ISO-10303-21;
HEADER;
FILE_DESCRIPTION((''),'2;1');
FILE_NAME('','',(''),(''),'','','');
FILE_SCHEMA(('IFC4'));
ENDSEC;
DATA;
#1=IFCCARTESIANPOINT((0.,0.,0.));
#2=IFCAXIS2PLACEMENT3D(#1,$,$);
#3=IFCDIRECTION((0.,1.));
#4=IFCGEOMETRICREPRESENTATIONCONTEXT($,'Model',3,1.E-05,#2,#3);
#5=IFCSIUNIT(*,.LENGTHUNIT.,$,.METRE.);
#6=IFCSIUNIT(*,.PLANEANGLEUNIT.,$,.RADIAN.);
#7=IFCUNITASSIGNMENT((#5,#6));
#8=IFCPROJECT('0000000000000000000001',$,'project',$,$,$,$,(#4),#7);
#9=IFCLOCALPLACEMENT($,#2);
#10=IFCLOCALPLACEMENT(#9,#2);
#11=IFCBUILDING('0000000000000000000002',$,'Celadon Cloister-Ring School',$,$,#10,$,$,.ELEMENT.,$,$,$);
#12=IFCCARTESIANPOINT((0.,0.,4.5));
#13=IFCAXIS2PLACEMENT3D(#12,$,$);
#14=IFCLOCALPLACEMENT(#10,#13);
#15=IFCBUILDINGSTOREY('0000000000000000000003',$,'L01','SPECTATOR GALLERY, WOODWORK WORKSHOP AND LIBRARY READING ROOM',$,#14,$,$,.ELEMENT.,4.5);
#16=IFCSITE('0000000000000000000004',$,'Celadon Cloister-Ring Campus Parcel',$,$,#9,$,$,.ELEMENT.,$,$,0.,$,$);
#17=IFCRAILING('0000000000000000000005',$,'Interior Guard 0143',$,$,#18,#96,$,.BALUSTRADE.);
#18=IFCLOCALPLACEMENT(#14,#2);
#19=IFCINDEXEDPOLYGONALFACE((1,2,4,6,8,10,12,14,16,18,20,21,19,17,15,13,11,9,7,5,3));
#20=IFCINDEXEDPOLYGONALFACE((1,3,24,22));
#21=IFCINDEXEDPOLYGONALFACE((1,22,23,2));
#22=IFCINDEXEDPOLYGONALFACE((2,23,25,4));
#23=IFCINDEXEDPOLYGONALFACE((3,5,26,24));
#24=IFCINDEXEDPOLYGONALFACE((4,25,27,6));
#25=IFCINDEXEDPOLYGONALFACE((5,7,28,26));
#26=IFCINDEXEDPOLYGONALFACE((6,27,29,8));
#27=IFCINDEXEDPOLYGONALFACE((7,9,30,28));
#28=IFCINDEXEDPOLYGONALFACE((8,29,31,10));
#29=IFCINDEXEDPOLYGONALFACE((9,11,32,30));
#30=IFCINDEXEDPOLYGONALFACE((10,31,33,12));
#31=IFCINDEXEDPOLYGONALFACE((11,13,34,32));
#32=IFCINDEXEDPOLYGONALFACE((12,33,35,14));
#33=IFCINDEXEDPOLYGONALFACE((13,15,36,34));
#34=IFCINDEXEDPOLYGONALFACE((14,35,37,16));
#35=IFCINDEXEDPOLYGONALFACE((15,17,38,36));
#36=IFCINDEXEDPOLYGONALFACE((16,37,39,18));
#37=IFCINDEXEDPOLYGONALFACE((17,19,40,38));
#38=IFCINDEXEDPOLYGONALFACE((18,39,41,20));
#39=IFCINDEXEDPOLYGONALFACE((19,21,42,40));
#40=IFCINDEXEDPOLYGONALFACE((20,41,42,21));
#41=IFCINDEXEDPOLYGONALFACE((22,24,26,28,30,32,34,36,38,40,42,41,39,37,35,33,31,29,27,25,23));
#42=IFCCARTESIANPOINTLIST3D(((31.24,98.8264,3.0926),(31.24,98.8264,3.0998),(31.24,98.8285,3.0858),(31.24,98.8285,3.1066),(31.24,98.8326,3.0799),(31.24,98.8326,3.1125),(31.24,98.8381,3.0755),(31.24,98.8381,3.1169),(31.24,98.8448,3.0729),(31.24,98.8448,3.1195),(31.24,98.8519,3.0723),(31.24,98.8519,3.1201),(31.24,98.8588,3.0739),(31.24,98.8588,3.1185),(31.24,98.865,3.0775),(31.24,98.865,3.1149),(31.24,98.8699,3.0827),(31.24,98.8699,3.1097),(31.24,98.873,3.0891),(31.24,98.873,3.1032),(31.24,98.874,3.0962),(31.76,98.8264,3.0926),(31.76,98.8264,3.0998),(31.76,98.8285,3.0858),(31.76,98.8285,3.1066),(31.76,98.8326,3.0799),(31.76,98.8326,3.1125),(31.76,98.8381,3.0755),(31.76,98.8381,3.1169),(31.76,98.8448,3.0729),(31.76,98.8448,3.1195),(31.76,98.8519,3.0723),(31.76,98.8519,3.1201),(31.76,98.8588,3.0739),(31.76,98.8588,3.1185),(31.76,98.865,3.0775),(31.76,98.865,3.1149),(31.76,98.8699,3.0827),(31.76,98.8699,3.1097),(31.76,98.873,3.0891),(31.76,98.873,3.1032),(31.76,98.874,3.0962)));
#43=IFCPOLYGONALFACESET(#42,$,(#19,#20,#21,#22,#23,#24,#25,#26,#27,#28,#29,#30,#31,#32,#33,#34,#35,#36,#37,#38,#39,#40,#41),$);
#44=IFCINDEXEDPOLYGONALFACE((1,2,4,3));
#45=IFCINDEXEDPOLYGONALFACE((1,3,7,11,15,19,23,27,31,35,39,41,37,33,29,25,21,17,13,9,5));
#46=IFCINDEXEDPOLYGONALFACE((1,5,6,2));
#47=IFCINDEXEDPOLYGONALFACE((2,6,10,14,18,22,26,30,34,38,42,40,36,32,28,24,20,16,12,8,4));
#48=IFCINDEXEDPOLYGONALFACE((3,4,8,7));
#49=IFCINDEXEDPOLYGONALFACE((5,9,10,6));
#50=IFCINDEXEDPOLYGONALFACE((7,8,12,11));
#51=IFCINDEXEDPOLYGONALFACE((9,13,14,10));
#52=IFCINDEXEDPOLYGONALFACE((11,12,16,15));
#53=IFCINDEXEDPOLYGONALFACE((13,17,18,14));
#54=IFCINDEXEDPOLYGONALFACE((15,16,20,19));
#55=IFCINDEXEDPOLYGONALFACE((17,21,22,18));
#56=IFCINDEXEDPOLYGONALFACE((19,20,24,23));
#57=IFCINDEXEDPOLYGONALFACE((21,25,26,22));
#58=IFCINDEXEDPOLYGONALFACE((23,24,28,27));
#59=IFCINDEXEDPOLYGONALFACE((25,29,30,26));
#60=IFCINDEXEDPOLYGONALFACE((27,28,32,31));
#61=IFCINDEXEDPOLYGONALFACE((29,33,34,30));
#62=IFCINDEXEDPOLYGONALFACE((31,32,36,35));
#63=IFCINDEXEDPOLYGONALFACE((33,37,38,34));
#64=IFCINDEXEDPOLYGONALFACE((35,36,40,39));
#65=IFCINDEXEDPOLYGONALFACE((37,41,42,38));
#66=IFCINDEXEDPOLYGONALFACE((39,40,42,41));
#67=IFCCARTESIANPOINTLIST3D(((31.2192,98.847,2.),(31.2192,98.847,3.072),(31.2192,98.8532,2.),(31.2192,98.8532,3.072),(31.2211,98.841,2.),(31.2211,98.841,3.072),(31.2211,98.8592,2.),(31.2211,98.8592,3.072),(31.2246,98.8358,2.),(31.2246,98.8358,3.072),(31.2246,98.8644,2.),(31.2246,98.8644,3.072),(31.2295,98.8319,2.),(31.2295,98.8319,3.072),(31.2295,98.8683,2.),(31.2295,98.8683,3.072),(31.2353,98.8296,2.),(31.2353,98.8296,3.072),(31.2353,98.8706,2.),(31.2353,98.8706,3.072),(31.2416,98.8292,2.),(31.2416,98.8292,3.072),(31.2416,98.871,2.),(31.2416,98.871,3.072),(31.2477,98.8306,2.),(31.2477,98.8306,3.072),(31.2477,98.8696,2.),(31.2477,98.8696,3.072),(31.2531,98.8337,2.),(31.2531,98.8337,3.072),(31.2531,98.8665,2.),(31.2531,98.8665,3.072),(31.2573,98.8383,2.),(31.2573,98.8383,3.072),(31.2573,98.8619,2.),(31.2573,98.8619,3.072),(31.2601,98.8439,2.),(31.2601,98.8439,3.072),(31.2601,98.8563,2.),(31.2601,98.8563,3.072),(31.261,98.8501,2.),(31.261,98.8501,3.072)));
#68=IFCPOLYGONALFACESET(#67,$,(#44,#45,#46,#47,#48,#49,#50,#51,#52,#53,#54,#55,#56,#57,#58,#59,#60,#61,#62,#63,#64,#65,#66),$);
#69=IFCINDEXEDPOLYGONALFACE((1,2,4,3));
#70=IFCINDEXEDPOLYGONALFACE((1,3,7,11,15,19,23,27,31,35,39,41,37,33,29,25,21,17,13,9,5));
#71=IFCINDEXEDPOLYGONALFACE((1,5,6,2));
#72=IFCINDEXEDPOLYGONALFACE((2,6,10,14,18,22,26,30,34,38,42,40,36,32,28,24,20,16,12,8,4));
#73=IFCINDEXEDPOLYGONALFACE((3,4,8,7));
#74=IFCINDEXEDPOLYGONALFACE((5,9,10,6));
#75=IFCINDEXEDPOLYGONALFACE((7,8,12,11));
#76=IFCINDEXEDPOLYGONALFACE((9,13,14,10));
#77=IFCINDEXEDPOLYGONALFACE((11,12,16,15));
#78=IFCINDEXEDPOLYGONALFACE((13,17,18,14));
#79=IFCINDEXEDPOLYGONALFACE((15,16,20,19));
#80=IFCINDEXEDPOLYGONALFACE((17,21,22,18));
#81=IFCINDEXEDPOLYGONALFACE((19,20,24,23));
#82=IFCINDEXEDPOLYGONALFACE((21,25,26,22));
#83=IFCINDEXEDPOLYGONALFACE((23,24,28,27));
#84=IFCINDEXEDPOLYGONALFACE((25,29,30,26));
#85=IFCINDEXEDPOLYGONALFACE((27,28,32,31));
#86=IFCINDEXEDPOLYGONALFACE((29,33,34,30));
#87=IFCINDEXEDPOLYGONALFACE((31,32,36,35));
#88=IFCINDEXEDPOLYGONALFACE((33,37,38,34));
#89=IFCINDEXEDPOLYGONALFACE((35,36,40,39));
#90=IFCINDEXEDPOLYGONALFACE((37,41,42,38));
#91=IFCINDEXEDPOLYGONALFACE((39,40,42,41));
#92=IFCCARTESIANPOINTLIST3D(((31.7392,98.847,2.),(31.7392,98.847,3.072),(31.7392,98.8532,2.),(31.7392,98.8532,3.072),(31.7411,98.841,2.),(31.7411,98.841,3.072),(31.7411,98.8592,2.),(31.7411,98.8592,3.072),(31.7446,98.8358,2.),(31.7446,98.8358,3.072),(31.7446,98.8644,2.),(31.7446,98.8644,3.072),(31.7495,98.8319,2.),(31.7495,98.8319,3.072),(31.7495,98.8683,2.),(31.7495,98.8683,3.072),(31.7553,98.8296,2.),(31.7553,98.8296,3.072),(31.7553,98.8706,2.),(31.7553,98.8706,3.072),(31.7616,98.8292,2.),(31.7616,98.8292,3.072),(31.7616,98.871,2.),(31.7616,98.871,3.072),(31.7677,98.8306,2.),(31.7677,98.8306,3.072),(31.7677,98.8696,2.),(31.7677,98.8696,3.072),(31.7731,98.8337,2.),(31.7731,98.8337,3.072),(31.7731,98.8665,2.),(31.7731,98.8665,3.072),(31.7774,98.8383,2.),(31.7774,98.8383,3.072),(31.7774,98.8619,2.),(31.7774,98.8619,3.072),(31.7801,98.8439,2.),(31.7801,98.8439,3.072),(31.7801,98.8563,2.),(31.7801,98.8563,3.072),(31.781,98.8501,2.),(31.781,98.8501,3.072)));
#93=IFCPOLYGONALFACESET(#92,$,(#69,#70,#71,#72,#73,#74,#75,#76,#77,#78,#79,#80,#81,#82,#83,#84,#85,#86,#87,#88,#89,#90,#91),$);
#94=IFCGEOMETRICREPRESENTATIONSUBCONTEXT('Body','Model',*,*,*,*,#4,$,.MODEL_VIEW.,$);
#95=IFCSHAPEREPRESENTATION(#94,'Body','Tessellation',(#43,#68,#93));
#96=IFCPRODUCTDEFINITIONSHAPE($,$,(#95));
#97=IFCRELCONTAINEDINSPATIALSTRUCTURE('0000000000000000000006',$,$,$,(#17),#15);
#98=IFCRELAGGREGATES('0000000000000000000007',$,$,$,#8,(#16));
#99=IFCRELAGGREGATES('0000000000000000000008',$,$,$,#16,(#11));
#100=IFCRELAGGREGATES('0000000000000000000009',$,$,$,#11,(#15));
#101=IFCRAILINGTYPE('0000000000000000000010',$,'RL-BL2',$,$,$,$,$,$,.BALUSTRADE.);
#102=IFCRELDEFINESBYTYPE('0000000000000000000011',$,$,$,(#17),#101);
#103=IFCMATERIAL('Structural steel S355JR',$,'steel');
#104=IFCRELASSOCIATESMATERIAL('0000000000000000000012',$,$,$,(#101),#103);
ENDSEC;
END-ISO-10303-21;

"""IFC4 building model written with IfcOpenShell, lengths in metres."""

from ifc_helpers import new_model, si_unit, direction, frame, origin, origin_2d, place, context, subcontext, project, spatial, circle, extrude, material, type_object, element, save


model = new_model("IFC4")

# Units and contexts
model_context = context("Model", 3, precision=1e-05, world=origin(), true_north=direction((0.0, 1.0)))
body_context = subcontext(model_context, "Body", "Model", "MODEL_VIEW")
ifc_project = project(units=[si_unit("LENGTHUNIT", "METRE"), si_unit("PLANEANGLEUNIT", "RADIAN")], contexts=[model_context])

# Site, building, storey
site_placement = place(None, origin())
site = spatial("IfcSite", under=ifc_project, at=site_placement, Name="Celadon Cloister-Ring Campus Parcel", CompositionType="ELEMENT", RefElevation=0.0)
building_placement = place(site_placement, origin())
building = spatial("IfcBuilding", under=site, at=building_placement, Name="Celadon Cloister-Ring School", CompositionType="ELEMENT")
storey_placement = place(building_placement, frame((0.0, 0.0, 4.5)))
storey = spatial("IfcBuildingStorey", under=building, at=storey_placement, Name="L01", Description="SPECTATOR GALLERY, WOODWORK WORKSHOP AND LIBRARY READING ROOM", CompositionType="ELEMENT", Elevation=4.5)

# Railing
ifc_material_1 = material(Name="Structural steel S355JR", Category="steel")
railing_type_1 = type_object("IfcRailingType", Name="RL-BL2", PredefinedType="BALUSTRADE", material=ifc_material_1)
railing_1_placement = place(storey_placement, frame((31.24, 98.8501, 2.0)))
element("IfcRailing", 1, at=railing_1_placement, inside=storey, type_object=railing_type_1, Name="Interior Guard 0143", PredefinedType="BALUSTRADE", context=body_context, shape_type="SweptSolid", body=[
    extrude(circle(Radius=0.0239, at=origin_2d()), frame((0.0, 0.0, 1.0962), z_axis=(1.0, 0.0, 0.0), x_axis=(0.0, 1.0, 0.0)), (0.0, 0.0, 1.0), 0.52),
    extrude(circle(Radius=0.021, at=origin_2d()), origin(), (0.0, 0.0, 1.0), 1.072),
    extrude(circle(Radius=0.021, at=origin_2d()), frame((0.52, 0.0, 0.0)), (0.0, 0.0, 1.0), 1.072),
])

save(model, "model.ifc")
